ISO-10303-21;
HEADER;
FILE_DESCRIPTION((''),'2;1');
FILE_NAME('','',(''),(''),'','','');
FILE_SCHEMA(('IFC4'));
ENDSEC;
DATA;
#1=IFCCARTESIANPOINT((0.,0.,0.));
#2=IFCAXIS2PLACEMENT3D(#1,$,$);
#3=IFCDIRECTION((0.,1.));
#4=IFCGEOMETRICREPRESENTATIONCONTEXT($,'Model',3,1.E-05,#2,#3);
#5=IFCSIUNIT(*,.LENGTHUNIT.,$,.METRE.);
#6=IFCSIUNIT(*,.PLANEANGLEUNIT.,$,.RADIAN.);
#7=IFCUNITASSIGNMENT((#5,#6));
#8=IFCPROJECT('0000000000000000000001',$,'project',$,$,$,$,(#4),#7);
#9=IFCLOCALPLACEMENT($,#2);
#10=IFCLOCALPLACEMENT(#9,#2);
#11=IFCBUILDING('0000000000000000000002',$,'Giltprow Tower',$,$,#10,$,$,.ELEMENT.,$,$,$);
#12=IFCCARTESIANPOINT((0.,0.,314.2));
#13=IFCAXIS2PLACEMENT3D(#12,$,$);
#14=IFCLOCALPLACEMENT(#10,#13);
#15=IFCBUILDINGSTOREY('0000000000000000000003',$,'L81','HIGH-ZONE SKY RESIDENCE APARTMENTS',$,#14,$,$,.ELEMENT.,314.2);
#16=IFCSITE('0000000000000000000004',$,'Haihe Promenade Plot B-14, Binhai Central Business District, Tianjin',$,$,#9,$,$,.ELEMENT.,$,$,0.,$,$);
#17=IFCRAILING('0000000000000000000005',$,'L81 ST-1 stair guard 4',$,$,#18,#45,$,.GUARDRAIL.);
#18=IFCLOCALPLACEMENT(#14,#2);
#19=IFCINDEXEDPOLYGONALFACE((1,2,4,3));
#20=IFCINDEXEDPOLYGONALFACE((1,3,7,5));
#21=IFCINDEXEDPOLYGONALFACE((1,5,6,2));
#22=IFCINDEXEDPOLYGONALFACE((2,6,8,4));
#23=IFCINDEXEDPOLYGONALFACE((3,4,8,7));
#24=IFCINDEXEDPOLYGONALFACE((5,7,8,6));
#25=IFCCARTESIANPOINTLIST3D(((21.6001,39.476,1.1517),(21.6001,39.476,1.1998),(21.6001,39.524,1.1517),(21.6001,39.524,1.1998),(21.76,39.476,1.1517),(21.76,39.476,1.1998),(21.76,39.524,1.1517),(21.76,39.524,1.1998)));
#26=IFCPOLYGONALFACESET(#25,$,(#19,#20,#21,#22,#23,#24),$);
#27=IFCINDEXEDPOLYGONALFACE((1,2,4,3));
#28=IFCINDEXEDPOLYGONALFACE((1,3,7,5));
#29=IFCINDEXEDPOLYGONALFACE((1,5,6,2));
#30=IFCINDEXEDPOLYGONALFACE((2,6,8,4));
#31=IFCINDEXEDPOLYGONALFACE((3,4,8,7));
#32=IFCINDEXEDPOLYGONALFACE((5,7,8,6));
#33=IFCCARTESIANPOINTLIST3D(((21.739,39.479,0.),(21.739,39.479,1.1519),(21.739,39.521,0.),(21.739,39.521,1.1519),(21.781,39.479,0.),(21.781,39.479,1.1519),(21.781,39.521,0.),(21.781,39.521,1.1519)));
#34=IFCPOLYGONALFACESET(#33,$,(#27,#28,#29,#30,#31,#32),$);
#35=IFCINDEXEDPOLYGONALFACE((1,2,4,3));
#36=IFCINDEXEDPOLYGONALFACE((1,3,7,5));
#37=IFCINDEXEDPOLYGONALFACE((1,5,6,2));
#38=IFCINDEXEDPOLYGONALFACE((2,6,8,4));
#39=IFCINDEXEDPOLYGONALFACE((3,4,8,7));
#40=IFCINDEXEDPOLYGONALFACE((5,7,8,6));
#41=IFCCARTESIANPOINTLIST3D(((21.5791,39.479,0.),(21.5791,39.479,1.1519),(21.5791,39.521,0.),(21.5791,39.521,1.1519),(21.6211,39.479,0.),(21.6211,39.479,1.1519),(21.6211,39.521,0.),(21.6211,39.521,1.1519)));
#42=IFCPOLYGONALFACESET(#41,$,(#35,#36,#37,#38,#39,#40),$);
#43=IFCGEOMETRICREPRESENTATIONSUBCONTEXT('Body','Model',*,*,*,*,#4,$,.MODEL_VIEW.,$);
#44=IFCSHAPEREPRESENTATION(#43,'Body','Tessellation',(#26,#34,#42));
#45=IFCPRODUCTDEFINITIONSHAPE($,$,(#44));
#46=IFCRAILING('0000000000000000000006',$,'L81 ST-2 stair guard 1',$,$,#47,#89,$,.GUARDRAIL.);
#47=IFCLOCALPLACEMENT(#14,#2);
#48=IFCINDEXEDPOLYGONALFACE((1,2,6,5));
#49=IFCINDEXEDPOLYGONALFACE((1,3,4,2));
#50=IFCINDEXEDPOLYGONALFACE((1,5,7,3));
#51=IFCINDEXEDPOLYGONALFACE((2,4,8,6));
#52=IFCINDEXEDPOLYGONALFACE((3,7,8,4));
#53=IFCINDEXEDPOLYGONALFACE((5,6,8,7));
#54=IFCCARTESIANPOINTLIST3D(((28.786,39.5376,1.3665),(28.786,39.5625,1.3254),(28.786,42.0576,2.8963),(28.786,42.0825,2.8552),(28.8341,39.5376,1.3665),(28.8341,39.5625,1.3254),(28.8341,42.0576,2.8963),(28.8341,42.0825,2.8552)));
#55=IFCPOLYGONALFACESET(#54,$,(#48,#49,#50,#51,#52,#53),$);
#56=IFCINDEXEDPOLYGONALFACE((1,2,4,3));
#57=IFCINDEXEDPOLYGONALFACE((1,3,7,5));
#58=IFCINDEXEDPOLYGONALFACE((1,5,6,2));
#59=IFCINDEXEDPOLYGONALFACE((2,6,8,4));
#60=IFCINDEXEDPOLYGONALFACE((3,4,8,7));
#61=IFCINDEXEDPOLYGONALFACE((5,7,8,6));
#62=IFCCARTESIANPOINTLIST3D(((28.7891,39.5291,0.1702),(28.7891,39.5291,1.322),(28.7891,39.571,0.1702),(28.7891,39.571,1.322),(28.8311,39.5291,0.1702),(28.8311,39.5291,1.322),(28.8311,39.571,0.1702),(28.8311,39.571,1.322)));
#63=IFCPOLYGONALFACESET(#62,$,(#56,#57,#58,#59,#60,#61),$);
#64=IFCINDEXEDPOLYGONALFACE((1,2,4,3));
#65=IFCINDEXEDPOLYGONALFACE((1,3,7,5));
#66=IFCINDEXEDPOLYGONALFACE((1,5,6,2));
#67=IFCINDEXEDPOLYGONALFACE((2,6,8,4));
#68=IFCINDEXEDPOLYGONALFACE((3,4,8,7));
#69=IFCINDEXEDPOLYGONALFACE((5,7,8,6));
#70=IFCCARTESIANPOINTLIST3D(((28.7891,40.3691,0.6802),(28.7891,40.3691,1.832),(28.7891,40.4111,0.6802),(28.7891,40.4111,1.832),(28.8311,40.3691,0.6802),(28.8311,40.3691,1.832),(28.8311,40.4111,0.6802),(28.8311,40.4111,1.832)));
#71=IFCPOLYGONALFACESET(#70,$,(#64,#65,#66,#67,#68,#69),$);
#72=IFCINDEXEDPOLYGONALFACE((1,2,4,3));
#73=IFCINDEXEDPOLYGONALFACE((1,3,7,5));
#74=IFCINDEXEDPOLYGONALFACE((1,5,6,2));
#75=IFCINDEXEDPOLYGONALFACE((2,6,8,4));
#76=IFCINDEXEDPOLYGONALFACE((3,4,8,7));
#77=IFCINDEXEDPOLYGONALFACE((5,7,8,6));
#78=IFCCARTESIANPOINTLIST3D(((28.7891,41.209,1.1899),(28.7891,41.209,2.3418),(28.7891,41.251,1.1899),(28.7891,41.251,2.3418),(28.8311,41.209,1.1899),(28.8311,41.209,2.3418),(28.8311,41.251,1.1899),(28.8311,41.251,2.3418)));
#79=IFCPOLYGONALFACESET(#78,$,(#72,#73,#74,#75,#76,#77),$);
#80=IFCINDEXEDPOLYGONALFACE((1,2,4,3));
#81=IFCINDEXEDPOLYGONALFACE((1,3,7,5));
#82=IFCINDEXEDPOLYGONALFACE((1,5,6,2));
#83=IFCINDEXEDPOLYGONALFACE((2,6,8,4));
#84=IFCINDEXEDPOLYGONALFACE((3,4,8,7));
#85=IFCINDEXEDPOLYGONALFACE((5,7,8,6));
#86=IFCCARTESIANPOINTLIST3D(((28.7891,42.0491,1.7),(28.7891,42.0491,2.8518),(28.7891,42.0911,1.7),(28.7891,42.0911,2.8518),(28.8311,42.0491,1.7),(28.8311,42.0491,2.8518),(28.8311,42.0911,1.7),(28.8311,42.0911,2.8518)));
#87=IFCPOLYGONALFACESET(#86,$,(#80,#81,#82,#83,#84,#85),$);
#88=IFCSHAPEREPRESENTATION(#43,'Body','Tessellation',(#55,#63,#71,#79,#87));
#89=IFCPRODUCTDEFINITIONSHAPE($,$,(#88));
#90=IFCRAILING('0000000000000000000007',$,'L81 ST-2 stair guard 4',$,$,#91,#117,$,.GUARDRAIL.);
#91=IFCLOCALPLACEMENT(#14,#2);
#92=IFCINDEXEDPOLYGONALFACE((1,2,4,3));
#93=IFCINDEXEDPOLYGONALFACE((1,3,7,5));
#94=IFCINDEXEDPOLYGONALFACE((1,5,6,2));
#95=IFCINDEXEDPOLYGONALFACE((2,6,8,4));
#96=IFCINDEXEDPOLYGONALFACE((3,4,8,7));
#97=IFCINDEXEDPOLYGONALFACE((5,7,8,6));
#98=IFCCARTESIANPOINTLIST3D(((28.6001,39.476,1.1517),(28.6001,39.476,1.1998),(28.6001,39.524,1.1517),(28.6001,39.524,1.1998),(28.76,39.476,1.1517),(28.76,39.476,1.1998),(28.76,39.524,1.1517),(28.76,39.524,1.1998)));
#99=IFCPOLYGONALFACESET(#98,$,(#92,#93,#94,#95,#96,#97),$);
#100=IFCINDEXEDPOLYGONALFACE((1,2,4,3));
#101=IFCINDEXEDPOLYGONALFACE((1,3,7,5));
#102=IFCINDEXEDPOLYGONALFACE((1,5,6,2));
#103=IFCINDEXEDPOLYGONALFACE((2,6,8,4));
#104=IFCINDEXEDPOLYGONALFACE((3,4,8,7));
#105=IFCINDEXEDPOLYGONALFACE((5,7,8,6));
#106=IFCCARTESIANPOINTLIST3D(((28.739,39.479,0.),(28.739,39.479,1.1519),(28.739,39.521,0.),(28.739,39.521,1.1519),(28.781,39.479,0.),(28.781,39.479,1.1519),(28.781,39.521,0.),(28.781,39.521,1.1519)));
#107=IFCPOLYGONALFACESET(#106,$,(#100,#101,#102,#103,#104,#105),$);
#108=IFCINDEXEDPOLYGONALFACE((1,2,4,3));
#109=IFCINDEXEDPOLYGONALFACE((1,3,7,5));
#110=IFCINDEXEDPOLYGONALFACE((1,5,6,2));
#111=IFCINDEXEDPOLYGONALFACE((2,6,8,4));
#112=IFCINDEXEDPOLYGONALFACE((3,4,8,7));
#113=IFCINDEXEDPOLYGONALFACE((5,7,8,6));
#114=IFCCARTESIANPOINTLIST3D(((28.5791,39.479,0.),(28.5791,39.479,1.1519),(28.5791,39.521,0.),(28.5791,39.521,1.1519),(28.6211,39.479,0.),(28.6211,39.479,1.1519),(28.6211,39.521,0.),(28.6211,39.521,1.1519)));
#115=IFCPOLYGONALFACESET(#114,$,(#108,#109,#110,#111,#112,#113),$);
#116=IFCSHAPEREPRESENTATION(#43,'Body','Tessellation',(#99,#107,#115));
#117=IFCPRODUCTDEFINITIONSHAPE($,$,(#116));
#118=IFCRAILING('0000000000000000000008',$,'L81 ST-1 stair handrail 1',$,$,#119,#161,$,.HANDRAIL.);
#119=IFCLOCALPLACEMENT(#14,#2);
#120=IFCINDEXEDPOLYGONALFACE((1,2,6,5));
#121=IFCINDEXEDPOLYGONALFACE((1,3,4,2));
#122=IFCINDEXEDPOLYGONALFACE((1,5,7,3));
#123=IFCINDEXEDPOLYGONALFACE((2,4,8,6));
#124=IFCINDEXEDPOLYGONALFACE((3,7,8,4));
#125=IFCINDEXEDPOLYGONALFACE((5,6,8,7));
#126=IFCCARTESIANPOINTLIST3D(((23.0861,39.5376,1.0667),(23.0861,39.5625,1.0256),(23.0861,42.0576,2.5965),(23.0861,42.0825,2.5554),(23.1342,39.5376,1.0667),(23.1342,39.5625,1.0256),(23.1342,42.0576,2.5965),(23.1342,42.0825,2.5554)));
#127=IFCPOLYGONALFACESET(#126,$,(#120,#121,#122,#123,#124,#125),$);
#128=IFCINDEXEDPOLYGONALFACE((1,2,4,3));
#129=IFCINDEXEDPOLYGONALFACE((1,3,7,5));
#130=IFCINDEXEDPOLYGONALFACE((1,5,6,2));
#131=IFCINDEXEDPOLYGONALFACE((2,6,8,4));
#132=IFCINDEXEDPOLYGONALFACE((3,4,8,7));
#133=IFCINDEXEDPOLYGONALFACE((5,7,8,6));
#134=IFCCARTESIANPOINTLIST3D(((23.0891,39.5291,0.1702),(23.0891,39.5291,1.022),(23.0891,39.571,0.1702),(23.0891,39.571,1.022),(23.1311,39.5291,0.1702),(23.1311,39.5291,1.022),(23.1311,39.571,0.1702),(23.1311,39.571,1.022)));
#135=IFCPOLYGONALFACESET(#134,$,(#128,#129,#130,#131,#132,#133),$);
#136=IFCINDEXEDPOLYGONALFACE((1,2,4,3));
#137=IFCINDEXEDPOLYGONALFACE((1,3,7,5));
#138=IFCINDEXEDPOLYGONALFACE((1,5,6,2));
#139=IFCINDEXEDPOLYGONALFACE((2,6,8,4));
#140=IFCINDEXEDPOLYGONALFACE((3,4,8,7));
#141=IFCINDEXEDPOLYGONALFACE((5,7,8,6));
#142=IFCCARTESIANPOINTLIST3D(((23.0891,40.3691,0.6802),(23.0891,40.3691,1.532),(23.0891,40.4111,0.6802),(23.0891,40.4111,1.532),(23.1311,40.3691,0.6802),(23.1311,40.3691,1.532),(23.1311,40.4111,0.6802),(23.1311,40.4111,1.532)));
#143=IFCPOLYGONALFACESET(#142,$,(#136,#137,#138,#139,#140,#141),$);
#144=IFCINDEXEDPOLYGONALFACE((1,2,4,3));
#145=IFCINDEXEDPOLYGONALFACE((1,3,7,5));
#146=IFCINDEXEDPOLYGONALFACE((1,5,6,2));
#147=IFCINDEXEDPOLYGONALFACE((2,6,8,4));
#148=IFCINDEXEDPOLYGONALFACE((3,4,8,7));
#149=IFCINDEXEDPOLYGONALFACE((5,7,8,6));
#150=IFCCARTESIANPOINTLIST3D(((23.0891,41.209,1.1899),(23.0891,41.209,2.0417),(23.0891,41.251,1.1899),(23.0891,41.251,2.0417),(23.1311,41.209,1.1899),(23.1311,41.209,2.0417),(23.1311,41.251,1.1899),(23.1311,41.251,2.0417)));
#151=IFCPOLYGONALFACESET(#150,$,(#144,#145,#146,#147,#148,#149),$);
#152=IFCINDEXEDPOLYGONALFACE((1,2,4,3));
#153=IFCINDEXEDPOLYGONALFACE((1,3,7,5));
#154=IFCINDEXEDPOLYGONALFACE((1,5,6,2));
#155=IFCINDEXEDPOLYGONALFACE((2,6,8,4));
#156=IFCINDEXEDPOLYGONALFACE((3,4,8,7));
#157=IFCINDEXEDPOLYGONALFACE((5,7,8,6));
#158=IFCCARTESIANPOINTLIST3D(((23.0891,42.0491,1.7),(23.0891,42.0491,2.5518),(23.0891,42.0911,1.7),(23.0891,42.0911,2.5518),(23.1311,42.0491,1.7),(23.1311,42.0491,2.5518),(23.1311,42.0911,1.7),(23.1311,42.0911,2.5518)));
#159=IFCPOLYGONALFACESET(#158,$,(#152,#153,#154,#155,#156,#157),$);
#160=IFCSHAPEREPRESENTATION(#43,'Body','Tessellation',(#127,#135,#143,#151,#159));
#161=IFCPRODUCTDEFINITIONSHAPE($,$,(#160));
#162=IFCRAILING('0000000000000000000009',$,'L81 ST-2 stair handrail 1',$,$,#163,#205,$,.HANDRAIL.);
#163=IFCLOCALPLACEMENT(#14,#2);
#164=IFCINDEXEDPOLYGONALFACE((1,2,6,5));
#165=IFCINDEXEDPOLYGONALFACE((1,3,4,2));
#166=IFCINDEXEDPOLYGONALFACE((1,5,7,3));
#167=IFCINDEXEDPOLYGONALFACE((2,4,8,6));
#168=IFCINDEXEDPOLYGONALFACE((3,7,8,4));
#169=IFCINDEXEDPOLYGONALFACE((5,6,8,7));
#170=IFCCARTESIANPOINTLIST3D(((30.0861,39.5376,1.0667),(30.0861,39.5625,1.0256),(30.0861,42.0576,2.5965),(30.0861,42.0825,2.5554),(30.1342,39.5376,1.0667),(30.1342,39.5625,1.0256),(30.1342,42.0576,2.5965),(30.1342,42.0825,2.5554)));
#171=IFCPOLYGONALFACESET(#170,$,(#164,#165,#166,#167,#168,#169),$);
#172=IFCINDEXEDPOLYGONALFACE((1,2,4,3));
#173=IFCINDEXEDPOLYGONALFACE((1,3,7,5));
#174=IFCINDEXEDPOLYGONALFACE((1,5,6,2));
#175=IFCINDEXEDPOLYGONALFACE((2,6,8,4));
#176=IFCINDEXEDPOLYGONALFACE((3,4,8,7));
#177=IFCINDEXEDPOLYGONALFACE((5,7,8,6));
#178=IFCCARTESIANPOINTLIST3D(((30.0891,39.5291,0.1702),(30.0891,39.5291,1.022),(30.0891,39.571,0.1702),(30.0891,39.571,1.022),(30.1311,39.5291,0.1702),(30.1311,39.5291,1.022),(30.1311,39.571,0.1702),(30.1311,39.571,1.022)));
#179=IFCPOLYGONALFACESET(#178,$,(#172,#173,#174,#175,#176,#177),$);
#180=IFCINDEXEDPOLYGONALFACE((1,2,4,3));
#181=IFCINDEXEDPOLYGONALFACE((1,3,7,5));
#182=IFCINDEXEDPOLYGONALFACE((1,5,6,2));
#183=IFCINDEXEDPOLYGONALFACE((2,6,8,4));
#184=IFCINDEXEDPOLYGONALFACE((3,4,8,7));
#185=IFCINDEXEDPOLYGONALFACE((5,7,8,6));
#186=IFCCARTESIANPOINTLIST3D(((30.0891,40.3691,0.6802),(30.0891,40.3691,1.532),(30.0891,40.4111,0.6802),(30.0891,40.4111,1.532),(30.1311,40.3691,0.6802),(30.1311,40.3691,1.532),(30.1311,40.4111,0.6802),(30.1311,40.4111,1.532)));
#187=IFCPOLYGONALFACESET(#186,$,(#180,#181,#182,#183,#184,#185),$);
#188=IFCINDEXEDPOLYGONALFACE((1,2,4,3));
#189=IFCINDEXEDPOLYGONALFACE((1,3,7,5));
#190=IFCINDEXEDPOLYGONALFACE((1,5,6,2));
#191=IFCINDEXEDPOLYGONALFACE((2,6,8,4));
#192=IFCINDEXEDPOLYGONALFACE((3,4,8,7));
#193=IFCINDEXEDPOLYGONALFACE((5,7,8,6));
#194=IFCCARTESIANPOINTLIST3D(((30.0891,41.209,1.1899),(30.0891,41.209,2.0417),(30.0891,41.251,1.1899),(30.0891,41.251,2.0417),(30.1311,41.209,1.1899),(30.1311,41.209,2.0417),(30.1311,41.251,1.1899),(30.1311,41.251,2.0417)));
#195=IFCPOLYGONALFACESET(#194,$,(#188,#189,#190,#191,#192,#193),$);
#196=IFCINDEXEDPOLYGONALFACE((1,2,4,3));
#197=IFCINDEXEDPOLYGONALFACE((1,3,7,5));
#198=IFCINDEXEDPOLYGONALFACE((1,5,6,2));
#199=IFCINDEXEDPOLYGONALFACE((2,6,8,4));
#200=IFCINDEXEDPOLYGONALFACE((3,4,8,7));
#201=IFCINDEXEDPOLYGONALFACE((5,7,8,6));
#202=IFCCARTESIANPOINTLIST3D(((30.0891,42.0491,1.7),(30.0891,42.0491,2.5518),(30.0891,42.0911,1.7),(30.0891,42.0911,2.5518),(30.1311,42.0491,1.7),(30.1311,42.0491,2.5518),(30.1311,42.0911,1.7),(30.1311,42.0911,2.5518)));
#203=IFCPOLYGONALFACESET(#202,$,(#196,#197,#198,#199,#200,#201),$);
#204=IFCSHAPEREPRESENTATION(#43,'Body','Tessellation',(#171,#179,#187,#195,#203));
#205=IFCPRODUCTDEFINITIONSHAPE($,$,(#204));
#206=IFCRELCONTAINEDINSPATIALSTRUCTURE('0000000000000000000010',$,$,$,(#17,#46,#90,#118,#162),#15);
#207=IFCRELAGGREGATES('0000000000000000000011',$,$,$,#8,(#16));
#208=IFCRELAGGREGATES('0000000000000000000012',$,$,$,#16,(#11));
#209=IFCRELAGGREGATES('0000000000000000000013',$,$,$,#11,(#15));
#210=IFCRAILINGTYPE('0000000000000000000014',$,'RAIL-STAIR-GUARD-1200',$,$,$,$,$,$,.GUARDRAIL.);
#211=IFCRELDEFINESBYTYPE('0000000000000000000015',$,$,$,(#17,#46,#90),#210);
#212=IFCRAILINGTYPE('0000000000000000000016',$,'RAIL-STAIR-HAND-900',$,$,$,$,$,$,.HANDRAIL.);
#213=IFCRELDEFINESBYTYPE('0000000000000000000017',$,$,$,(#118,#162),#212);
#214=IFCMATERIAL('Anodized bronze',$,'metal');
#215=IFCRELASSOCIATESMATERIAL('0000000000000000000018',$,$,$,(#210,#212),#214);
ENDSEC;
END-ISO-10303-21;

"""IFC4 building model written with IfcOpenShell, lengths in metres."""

from ifc_helpers import new_model, si_unit, direction, frame, origin, origin_2d, place, context, subcontext, project, spatial, rectangle, extrude, material, type_object, element, save


model = new_model("IFC4")

# Units and contexts
model_context = context("Model", 3, precision=1e-05, world=origin(), true_north=direction((0.0, 1.0)))
body_context = subcontext(model_context, "Body", "Model", "MODEL_VIEW")
ifc_project = project(units=[si_unit("LENGTHUNIT", "METRE"), si_unit("PLANEANGLEUNIT", "RADIAN")], contexts=[model_context])

# Site, building, storey
site_placement = place(None, origin())
site = spatial("IfcSite", under=ifc_project, at=site_placement, Name="Haihe Promenade Plot B-14, Binhai Central Business District, Tianjin", CompositionType="ELEMENT", RefElevation=0.0)
building_placement = place(site_placement, origin())
building = spatial("IfcBuilding", under=site, at=building_placement, Name="Giltprow Tower", CompositionType="ELEMENT")
storey_placement = place(building_placement, frame((0.0, 0.0, 314.2)))
storey = spatial("IfcBuildingStorey", under=building, at=storey_placement, Name="L81", Description="HIGH-ZONE SKY RESIDENCE APARTMENTS", CompositionType="ELEMENT", Elevation=314.2)

# Railings
ifc_material_1 = material(Name="Anodized bronze", Category="metal")
railing_type_1 = type_object("IfcRailingType", Name="RAIL-STAIR-GUARD-1200", PredefinedType="GUARDRAIL", material=ifc_material_1)
railing_1_placement = place(storey_placement, frame((21.76, 39.5, 0.0)))
element("IfcRailing", 1, at=railing_1_placement, inside=storey, type_object=railing_type_1, Name="L81 ST-1 stair guard 4", PredefinedType="GUARDRAIL", context=body_context, shape_type="SweptSolid", body=[
    extrude(rectangle(XDim=0.0481, YDim=0.0481, at=origin_2d()), frame((0.0, 0.0, 1.1758), z_axis=(-1.0, 0.0, 0.0), x_axis=(0.0, -1.0, 0.0)), (0.0, 0.0, 1.0), 0.1599),
    extrude(rectangle(XDim=0.042, YDim=0.042, at=origin_2d()), origin(), (0.0, 0.0, 1.0), 1.1519),
    extrude(rectangle(XDim=0.042, YDim=0.042, at=origin_2d()), frame((-0.1599, 0.0, 0.0)), (0.0, 0.0, 1.0), 1.1519),
])
railing_2_placement = place(storey_placement, frame((28.8101, 39.55, 0.1702)))
element("IfcRailing", 2, at=railing_2_placement, inside=storey, type_object=railing_type_1, Name="L81 ST-2 stair guard 1", PredefinedType="GUARDRAIL", context=body_context, shape_type="SweptSolid", body=[
    extrude(rectangle(XDim=0.0481, YDim=0.0481, at=origin_2d()), frame((0.0, 0.0, 1.1758), z_axis=(0.0, 0.854822, 0.518922), x_axis=(-1.0, 0.0, 0.0)), (0.0, 0.0, 1.0), 2.948),
    extrude(rectangle(XDim=0.042, YDim=0.042, at=origin_2d()), origin(), (0.0, 0.0, 1.0), 1.1519),
    extrude(rectangle(XDim=0.042, YDim=0.042, at=origin_2d()), frame((0.0, 0.8401, 0.51)), (0.0, 0.0, 1.0), 1.1519),
    extrude(rectangle(XDim=0.042, YDim=0.042, at=origin_2d()), frame((0.0, 1.6799, 1.0198)), (0.0, 0.0, 1.0), 1.1519),
    extrude(rectangle(XDim=0.042, YDim=0.042, at=origin_2d()), frame((0.0, 2.52, 1.5298)), (0.0, 0.0, 1.0), 1.1519),
])
railing_3_placement = place(storey_placement, frame((28.76, 39.5, 0.0)))
element("IfcRailing", 3, at=railing_3_placement, inside=storey, type_object=railing_type_1, Name="L81 ST-2 stair guard 4", PredefinedType="GUARDRAIL", context=body_context, shape_type="SweptSolid", body=[
    extrude(rectangle(XDim=0.0481, YDim=0.0481, at=origin_2d()), frame((0.0, 0.0, 1.1758), z_axis=(-1.0, 0.0, 0.0), x_axis=(0.0, -1.0, 0.0)), (0.0, 0.0, 1.0), 0.1599),
    extrude(rectangle(XDim=0.042, YDim=0.042, at=origin_2d()), origin(), (0.0, 0.0, 1.0), 1.1519),
    extrude(rectangle(XDim=0.042, YDim=0.042, at=origin_2d()), frame((-0.1599, 0.0, 0.0)), (0.0, 0.0, 1.0), 1.1519),
])
railing_type_2 = type_object("IfcRailingType", Name="RAIL-STAIR-HAND-900", PredefinedType="HANDRAIL", material=ifc_material_1)
for number, where, name in (
    (4, (23.1101, 39.55, 0.1702), "L81 ST-1 stair handrail 1"),
    (5, (30.1101, 39.55, 0.1702), "L81 ST-2 stair handrail 1"),
):
    element("IfcRailing", number, at=place(storey_placement, frame(where)), inside=storey, type_object=railing_type_2, Name=name, PredefinedType="HANDRAIL", context=body_context, shape_type="SweptSolid", body=[
        extrude(rectangle(XDim=0.0481, YDim=0.0481, at=origin_2d()), frame((0.0, 0.0, 0.876), z_axis=(0.0, 0.854822, 0.518922), x_axis=(-1.0, 0.0, 0.0)), (0.0, 0.0, 1.0), 2.948),
        extrude(rectangle(XDim=0.042, YDim=0.042, at=origin_2d()), origin(), (0.0, 0.0, 1.0), 0.8518),
        extrude(rectangle(XDim=0.042, YDim=0.042, at=origin_2d()), frame((0.0, 0.8401, 0.51)), (0.0, 0.0, 1.0), 0.8518),
        extrude(rectangle(XDim=0.042, YDim=0.042, at=origin_2d()), frame((0.0, 1.6799, 1.0198)), (0.0, 0.0, 1.0), 0.8518),
        extrude(rectangle(XDim=0.042, YDim=0.042, at=origin_2d()), frame((0.0, 2.52, 1.5298)), (0.0, 0.0, 1.0), 0.8518),
    ])

save(model, "model.ifc")
